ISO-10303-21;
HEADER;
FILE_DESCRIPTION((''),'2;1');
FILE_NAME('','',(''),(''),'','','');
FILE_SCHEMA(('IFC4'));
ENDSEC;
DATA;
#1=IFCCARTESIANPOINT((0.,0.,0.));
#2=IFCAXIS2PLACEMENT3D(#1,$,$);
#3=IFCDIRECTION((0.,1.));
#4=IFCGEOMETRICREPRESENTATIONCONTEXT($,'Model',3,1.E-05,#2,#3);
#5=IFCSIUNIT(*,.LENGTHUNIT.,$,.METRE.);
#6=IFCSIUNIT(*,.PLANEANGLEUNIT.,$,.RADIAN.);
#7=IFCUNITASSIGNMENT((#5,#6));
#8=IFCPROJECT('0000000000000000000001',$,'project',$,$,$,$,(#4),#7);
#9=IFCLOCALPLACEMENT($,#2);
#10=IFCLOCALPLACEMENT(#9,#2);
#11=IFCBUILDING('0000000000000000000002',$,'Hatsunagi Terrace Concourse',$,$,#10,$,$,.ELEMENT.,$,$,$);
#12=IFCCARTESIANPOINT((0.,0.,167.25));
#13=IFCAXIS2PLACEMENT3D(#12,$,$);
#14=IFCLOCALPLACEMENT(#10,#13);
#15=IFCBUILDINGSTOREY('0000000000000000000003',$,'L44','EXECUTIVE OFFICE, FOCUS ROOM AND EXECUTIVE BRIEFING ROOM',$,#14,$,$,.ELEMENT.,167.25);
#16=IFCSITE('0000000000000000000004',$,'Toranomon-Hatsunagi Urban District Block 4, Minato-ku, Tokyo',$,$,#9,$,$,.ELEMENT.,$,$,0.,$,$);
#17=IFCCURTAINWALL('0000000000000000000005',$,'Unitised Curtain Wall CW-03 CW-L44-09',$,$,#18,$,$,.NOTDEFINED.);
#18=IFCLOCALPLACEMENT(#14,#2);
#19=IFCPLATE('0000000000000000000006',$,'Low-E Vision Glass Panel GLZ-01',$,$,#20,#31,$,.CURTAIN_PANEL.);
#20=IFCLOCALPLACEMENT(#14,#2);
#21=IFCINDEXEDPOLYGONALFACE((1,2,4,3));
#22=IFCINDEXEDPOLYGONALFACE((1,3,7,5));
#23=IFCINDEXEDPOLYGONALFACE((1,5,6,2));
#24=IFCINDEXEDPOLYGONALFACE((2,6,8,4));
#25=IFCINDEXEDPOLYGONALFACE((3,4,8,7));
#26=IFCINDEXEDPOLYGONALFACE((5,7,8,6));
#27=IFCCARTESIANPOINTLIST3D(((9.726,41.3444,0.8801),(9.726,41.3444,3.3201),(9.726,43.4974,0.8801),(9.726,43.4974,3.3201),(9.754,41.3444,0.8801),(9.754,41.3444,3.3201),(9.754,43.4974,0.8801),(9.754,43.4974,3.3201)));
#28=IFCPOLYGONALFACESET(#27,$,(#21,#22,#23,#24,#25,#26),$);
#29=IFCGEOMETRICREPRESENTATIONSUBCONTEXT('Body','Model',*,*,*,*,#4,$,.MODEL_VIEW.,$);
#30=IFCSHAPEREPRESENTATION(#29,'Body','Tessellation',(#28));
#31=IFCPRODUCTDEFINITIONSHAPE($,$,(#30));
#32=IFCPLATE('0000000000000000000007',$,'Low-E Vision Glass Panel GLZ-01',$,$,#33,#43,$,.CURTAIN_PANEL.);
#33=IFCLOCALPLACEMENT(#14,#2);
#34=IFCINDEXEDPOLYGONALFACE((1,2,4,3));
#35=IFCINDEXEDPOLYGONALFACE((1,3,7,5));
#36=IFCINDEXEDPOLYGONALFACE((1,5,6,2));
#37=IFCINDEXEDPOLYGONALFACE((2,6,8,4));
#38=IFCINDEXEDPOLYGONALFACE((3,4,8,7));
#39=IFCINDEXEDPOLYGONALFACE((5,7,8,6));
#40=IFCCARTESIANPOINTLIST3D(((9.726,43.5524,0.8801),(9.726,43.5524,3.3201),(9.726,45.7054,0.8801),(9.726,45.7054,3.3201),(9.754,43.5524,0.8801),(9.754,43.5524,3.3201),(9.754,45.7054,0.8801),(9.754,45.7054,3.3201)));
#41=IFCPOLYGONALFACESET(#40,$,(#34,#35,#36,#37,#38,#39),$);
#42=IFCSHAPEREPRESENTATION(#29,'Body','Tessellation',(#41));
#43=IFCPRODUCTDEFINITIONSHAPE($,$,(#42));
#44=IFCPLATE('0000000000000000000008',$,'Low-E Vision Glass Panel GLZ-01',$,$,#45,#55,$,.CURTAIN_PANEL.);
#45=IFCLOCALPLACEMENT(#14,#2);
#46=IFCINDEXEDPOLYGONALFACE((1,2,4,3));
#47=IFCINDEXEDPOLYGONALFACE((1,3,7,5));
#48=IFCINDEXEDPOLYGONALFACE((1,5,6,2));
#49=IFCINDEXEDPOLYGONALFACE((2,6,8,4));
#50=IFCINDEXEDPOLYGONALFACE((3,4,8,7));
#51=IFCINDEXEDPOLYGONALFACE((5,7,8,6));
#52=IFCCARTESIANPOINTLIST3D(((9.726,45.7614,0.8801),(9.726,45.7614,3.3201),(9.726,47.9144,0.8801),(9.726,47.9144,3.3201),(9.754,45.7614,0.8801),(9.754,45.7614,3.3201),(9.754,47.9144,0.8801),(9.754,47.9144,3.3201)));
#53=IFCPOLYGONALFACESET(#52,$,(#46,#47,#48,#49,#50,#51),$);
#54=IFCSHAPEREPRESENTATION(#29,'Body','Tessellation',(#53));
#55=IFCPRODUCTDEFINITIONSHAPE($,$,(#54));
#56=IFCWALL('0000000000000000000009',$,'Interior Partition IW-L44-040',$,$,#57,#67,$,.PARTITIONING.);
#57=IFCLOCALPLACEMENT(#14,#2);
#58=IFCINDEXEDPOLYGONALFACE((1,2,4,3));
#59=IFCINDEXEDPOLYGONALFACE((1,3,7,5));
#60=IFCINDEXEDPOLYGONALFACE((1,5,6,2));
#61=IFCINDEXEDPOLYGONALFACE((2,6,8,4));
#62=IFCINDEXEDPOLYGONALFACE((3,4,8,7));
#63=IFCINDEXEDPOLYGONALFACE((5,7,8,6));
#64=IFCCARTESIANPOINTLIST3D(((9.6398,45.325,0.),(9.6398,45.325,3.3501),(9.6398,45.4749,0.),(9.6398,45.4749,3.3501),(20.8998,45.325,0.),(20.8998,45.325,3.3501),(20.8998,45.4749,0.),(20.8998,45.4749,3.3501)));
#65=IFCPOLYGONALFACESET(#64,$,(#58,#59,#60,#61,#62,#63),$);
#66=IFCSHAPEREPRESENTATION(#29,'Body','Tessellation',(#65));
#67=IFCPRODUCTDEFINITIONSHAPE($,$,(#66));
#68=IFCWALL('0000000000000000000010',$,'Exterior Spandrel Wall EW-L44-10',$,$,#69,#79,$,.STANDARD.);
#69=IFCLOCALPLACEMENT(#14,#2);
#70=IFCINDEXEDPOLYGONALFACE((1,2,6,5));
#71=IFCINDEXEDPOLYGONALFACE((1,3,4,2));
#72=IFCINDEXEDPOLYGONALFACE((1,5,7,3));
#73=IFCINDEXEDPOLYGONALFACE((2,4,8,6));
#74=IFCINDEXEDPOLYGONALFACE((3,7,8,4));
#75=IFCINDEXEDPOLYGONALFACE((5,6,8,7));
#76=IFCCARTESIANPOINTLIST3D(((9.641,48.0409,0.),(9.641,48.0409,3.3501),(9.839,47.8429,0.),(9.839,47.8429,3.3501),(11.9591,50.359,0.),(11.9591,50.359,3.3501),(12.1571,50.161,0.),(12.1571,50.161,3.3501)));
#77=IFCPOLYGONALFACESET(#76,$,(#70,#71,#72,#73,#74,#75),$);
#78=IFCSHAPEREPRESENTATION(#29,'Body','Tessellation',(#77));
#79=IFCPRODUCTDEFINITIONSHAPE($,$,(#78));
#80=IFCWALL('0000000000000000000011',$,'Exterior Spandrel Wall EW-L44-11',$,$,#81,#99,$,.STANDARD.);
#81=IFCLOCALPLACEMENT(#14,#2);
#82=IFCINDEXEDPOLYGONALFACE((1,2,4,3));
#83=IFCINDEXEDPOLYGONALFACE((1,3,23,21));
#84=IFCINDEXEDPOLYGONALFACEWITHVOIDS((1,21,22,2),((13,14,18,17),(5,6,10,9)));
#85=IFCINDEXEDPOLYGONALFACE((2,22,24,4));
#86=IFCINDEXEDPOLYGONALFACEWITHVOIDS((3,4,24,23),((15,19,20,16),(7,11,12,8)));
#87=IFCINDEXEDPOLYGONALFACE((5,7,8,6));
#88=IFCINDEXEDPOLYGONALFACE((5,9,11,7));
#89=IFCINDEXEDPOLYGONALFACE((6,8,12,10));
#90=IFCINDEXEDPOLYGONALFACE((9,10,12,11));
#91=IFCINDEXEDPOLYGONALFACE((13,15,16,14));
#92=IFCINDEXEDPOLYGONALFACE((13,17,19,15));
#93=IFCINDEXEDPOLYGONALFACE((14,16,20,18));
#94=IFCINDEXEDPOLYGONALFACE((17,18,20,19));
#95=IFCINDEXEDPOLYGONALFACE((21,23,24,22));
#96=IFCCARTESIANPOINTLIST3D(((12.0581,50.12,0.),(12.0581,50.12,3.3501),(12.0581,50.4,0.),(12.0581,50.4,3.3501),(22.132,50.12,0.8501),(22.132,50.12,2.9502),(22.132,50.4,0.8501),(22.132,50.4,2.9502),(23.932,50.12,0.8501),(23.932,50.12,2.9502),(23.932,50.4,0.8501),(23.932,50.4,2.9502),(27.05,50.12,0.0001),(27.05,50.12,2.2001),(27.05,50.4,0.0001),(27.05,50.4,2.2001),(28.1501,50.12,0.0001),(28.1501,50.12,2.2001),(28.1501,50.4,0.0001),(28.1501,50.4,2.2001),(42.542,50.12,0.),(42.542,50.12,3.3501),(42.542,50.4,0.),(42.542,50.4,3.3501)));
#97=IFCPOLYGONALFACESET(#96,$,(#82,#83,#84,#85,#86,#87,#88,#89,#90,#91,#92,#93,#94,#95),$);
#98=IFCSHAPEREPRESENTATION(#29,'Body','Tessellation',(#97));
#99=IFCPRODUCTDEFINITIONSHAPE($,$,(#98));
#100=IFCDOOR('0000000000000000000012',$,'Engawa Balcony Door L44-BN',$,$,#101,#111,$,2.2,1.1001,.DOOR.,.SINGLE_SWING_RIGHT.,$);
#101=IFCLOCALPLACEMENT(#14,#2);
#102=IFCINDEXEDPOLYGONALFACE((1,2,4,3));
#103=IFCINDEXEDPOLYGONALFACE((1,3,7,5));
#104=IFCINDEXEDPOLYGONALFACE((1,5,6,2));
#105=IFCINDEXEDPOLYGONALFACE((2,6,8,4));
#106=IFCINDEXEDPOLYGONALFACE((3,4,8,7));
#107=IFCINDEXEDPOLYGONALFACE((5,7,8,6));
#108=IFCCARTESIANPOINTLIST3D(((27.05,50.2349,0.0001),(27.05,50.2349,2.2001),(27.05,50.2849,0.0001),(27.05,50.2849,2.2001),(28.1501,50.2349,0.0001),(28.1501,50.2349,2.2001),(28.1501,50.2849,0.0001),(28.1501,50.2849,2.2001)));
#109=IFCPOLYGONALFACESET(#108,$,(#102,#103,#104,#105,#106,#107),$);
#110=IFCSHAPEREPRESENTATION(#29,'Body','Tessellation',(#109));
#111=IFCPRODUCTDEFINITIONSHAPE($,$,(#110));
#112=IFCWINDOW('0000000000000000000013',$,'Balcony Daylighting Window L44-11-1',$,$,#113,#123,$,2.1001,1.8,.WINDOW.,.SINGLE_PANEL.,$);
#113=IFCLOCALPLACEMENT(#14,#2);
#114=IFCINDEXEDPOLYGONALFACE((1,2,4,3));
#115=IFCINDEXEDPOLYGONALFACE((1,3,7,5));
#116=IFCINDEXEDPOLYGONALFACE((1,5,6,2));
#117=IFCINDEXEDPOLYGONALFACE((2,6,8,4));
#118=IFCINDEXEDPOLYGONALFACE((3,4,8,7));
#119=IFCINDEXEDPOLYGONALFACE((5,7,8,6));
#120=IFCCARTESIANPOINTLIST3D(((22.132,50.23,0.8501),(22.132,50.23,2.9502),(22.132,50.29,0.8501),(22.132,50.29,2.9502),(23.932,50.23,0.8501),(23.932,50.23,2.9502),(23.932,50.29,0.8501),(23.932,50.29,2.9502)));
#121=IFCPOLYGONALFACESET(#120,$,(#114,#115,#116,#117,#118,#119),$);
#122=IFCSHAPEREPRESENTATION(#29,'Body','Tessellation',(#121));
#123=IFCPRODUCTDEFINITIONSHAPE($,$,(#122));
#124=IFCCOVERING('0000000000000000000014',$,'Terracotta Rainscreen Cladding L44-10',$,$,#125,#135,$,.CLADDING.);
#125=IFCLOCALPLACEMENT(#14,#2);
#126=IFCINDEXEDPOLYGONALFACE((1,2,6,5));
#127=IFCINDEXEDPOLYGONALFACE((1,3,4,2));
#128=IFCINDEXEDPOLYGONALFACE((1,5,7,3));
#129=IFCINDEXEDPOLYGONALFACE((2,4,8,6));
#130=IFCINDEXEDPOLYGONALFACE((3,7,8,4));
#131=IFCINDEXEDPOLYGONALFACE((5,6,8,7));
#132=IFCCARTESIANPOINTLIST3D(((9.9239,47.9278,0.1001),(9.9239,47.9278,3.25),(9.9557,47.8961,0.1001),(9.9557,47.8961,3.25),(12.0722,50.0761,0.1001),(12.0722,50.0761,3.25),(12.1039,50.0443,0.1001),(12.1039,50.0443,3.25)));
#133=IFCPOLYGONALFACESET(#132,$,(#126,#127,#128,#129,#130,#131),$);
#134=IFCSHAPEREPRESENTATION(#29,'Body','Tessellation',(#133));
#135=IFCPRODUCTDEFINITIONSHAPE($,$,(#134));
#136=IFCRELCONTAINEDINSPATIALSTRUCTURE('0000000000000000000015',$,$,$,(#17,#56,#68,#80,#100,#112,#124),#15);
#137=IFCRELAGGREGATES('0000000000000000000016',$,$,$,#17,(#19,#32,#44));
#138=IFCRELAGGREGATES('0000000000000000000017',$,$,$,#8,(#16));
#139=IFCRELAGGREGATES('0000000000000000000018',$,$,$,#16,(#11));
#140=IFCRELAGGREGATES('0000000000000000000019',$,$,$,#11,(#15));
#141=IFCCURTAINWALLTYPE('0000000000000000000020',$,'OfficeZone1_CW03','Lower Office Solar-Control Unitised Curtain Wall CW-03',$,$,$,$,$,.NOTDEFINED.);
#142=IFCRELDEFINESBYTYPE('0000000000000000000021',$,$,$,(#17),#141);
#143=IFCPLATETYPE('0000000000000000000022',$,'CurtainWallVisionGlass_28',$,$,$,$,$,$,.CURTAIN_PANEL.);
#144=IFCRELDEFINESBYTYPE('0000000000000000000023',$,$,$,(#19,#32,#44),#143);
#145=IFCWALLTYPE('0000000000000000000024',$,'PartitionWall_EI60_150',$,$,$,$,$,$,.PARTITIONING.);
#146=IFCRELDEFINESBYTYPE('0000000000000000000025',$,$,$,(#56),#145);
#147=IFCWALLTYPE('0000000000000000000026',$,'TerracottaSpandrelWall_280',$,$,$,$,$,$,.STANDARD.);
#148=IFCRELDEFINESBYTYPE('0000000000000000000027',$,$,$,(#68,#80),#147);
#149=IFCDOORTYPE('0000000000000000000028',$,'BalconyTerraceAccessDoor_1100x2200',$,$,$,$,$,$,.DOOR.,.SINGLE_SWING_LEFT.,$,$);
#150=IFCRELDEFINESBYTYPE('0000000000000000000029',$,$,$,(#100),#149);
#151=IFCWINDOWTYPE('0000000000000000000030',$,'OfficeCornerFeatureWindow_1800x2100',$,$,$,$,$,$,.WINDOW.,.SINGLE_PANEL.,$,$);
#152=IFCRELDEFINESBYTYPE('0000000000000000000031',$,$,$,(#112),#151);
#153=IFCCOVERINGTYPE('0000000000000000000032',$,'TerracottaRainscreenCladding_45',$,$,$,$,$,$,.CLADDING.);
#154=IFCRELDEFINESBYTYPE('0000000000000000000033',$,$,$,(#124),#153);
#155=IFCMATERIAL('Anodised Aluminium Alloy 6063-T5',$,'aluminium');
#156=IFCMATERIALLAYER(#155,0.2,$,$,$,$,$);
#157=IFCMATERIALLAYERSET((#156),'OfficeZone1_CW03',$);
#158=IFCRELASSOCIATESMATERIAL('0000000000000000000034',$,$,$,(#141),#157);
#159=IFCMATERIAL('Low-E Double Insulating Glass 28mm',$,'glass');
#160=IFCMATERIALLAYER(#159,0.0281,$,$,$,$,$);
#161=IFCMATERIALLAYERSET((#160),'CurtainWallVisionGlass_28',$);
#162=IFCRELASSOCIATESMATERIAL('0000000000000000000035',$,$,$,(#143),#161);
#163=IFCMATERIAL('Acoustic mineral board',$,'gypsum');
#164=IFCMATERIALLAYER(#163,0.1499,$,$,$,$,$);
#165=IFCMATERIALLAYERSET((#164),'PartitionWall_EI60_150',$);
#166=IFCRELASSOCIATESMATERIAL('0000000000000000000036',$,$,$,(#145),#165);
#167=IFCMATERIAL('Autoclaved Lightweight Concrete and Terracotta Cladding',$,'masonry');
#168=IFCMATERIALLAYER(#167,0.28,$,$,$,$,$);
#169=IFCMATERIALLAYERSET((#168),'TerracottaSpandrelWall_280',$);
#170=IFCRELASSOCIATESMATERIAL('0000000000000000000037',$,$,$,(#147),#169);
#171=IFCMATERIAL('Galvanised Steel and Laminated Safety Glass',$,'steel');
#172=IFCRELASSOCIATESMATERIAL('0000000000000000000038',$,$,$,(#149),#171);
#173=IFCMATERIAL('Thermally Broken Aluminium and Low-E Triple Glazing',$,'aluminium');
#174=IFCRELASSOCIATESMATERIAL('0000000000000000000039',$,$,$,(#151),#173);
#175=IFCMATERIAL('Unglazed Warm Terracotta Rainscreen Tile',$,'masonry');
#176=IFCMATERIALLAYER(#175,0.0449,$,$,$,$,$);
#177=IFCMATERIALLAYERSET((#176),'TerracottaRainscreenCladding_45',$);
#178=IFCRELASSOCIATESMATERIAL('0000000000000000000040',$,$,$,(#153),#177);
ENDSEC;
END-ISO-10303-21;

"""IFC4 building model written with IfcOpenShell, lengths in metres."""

from ifc_helpers import new_model, si_unit, direction, frame, frame_2d, origin, origin_2d, place, context, subcontext, project, spatial, rectangle, extrude, material, layer, layer_set, type_object, element, fill, aggregate, save


model = new_model("IFC4")

# Units and contexts
model_context = context("Model", 3, precision=1e-05, world=origin(), true_north=direction((0.0, 1.0)))
body_context = subcontext(model_context, "Body", "Model", "MODEL_VIEW")
ifc_project = project(units=[si_unit("LENGTHUNIT", "METRE"), si_unit("PLANEANGLEUNIT", "RADIAN")], contexts=[model_context])

# Site, building, storey
site_placement = place(None, origin())
site = spatial("IfcSite", under=ifc_project, at=site_placement, Name="Toranomon-Hatsunagi Urban District Block 4, Minato-ku, Tokyo", CompositionType="ELEMENT", RefElevation=0.0)
building_placement = place(site_placement, origin())
building = spatial("IfcBuilding", under=site, at=building_placement, Name="Hatsunagi Terrace Concourse", CompositionType="ELEMENT")
storey_placement = place(building_placement, frame((0.0, 0.0, 167.25)))
storey = spatial("IfcBuildingStorey", under=building, at=storey_placement, Name="L44", Description="EXECUTIVE OFFICE, FOCUS ROOM AND EXECUTIVE BRIEFING ROOM", CompositionType="ELEMENT", Elevation=167.25)

# Curtain wall
ifc_material_1 = material(Name="Anodised Aluminium Alloy 6063-T5", Category="aluminium")
ifc_layer_1 = layer(ifc_material_1, 0.2)
ifc_layer_set_1 = layer_set([ifc_layer_1], Name="OfficeZone1_CW03")
curtain_wall_type = type_object("IfcCurtainWallType", Name="OfficeZone1_CW03", Description="Lower Office Solar-Control Unitised Curtain Wall CW-03", PredefinedType="NOTDEFINED", material=ifc_layer_set_1)
curtain_wall_placement = place(storey_placement, origin())
curtain_wall = element("IfcCurtainWall", 1, at=curtain_wall_placement, inside=storey, type_object=curtain_wall_type, Name="Unitised Curtain Wall CW-03 CW-L44-09", PredefinedType="NOTDEFINED")

# Plates
ifc_material_2 = material(Name="Low-E Double Insulating Glass 28mm", Category="glass")
ifc_layer_2 = layer(ifc_material_2, 0.0281)
ifc_layer_set_2 = layer_set([ifc_layer_2], Name="CurtainWallVisionGlass_28")
plate_type_1 = type_object("IfcPlateType", Name="CurtainWallVisionGlass_28", PredefinedType="CURTAIN_PANEL", material=ifc_layer_set_2)
plate_1_placement = place(storey_placement, frame((9.74, 42.4209, 0.8801), z_axis=(0.0, 0.0, 1.0), x_axis=(0.0, 1.0, 0.0)))
plate_1 = element("IfcPlate", 2, at=plate_1_placement, type_object=plate_type_1, Name="Low-E Vision Glass Panel GLZ-01", PredefinedType="CURTAIN_PANEL", context=body_context, shape_type="SweptSolid", body=[
    extrude(rectangle(XDim=2.1531, YDim=0.0281, at=origin_2d()), origin(), (0.0, 0.0, 1.0), 2.4399),
])
plate_2_placement = place(storey_placement, frame((9.74, 44.6289, 0.8801), z_axis=(0.0, 0.0, 1.0), x_axis=(0.0, 1.0, 0.0)))
plate_2 = element("IfcPlate", 3, at=plate_2_placement, type_object=plate_type_1, Name="Low-E Vision Glass Panel GLZ-01", PredefinedType="CURTAIN_PANEL", context=body_context, shape_type="SweptSolid", body=[
    extrude(rectangle(XDim=2.1531, YDim=0.0281, at=origin_2d()), origin(), (0.0, 0.0, 1.0), 2.4399),
])
plate_3_placement = place(storey_placement, frame((9.74, 46.8379, 0.8801), z_axis=(0.0, 0.0, 1.0), x_axis=(0.0, 1.0, 0.0)))
plate_3 = element("IfcPlate", 4, at=plate_3_placement, type_object=plate_type_1, Name="Low-E Vision Glass Panel GLZ-01", PredefinedType="CURTAIN_PANEL", context=body_context, shape_type="SweptSolid", body=[
    extrude(rectangle(XDim=2.1531, YDim=0.0281, at=origin_2d()), origin(), (0.0, 0.0, 1.0), 2.4399),
])
aggregate(curtain_wall, [plate_1, plate_2, plate_3])

# Walls
ifc_material_3 = material(Name="Acoustic mineral board", Category="gypsum")
ifc_layer_3 = layer(ifc_material_3, 0.1499)
ifc_layer_set_3 = layer_set([ifc_layer_3], Name="PartitionWall_EI60_150")
wall_type_1 = type_object("IfcWallType", Name="PartitionWall_EI60_150", PredefinedType="PARTITIONING", material=ifc_layer_set_3)
wall_1_placement = place(storey_placement, frame((9.6399, 45.3999, 0.0), z_axis=(0.0, 0.0, 1.0), x_axis=(1.0, 0.0, 0.0)))
element("IfcWall", 5, at=wall_1_placement, inside=storey, type_object=wall_type_1, Name="Interior Partition IW-L44-040", PredefinedType="PARTITIONING", context=body_context, shape_type="SweptSolid", body=[
    extrude(rectangle(XDim=11.26, YDim=0.1499, at=frame_2d((5.6299, 0.0))), origin(), (0.0, 0.0, 1.0), 3.3501),
])
ifc_material_4 = material(Name="Autoclaved Lightweight Concrete and Terracotta Cladding", Category="masonry")
ifc_layer_4 = layer(ifc_material_4, 0.28)
ifc_layer_set_4 = layer_set([ifc_layer_4], Name="TerracottaSpandrelWall_280")
wall_type_2 = type_object("IfcWallType", Name="TerracottaSpandrelWall_280", PredefinedType="STANDARD", material=ifc_layer_set_4)
wall_2_placement = place(storey_placement, frame((9.74, 47.9419, 0.0), z_axis=(0.0, 0.0, 1.0), x_axis=(0.707107, 0.707107, 0.0)))
element("IfcWall", 6, at=wall_2_placement, inside=storey, type_object=wall_type_2, Name="Exterior Spandrel Wall EW-L44-10", PredefinedType="STANDARD", context=body_context, shape_type="SweptSolid", body=[
    extrude(rectangle(XDim=3.2783, YDim=0.28, at=frame_2d((1.6392, 0.0))), origin(), (0.0, 0.0, 1.0), 3.3501),
])

# Wall, openings, door, window
wall_3_placement = place(storey_placement, frame((12.0581, 50.26, 0.0), z_axis=(0.0, 0.0, 1.0), x_axis=(1.0, 0.0, 0.0)))
wall_3 = element("IfcWall", 7, at=wall_3_placement, inside=storey, type_object=wall_type_2, Name="Exterior Spandrel Wall EW-L44-11", PredefinedType="STANDARD", context=body_context, shape_type="SweptSolid", body=[
    extrude(rectangle(XDim=30.4839, YDim=0.28, at=frame_2d((15.2419, 0.0))), origin(), (0.0, 0.0, 1.0), 3.3501),
])
opening_1_placement = place(wall_3_placement, frame((14.9919, 0.0, 0.0)))
opening_1 = element("IfcOpeningElement", 8, at=opening_1_placement, cuts=wall_3, PredefinedType="OPENING", context=body_context, shape_type="SweptSolid", body=[
    extrude(rectangle(XDim=1.1001, YDim=2.2, at=frame_2d((0.55, 1.1001))), frame((0.0, 0.1499, 0.0), z_axis=(0.0, -1.0, 0.0), x_axis=(1.0, 0.0, 0.0)), (0.0, 0.0, 1.0), 0.3),
])
opening_2_placement = place(wall_3_placement, frame((10.074, 0.0, 0.8501)))
opening_2 = element("IfcOpeningElement", 9, at=opening_2_placement, cuts=wall_3, PredefinedType="OPENING", context=body_context, shape_type="SweptSolid", body=[
    extrude(rectangle(XDim=1.8, YDim=2.1001, at=frame_2d((0.8999, 1.05))), frame((0.0, 0.1499, 0.0), z_axis=(0.0, -1.0, 0.0), x_axis=(1.0, 0.0, 0.0)), (0.0, 0.0, 1.0), 0.3),
])
ifc_material_5 = material(Name="Galvanised Steel and Laminated Safety Glass", Category="steel")
door_type = type_object("IfcDoorType", Name="BalconyTerraceAccessDoor_1100x2200", OperationType="SINGLE_SWING_LEFT", PredefinedType="DOOR", material=ifc_material_5)
door_placement = place(opening_1_placement, origin())
door = element("IfcDoor", 10, at=door_placement, inside=storey, type_object=door_type, Name="Engawa Balcony Door L44-BN", OperationType="SINGLE_SWING_RIGHT", OverallHeight=2.2, OverallWidth=1.1001, PredefinedType="DOOR", context=body_context, shape_type="SweptSolid", body=[
    extrude(rectangle(XDim=1.1001, YDim=2.2, at=frame_2d((0.55, 1.1001))), frame((0.0, 0.0249, 0.0), z_axis=(0.0, -1.0, 0.0), x_axis=(1.0, 0.0, 0.0)), (0.0, 0.0, 1.0), 0.05),
])
fill(opening_1, door)
ifc_material_6 = material(Name="Thermally Broken Aluminium and Low-E Triple Glazing", Category="aluminium")
window_type = type_object("IfcWindowType", Name="OfficeCornerFeatureWindow_1800x2100", PartitioningType="SINGLE_PANEL", PredefinedType="WINDOW", material=ifc_material_6)
window_placement = place(opening_2_placement, origin())
window = element("IfcWindow", 11, at=window_placement, inside=storey, type_object=window_type, Name="Balcony Daylighting Window L44-11-1", OverallHeight=2.1001, OverallWidth=1.8, PartitioningType="SINGLE_PANEL", PredefinedType="WINDOW", context=body_context, shape_type="SweptSolid", body=[
    extrude(rectangle(XDim=1.8, YDim=2.1001, at=frame_2d((0.8999, 1.05))), frame((0.0, 0.03, 0.0), z_axis=(0.0, -1.0, 0.0), x_axis=(1.0, 0.0, 0.0)), (0.0, 0.0, 1.0), 0.0601),
])
fill(opening_2, window)

# Covering
ifc_material_7 = material(Name="Unglazed Warm Terracotta Rainscreen Tile", Category="masonry")
ifc_layer_5 = layer(ifc_material_7, 0.0449)
ifc_layer_set_5 = layer_set([ifc_layer_5], Name="TerracottaRainscreenCladding_45")
covering_type = type_object("IfcCoveringType", Name="TerracottaRainscreenCladding_45", PredefinedType="CLADDING", material=ifc_layer_set_5)
covering_placement = place(storey_placement, frame((11.0139, 48.9861, 0.1001), z_axis=(0.0, 0.0, 1.0), x_axis=(0.707107, 0.707107, 0.0)))
element("IfcCovering", 12, at=covering_placement, inside=storey, type_object=covering_type, Name="Terracotta Rainscreen Cladding L44-10", PredefinedType="CLADDING", context=body_context, shape_type="SweptSolid", body=[
    extrude(rectangle(XDim=3.0381, YDim=0.0449, at=origin_2d()), origin(), (0.0, 0.0, 1.0), 3.1499),
])

save(model, "model.ifc")
